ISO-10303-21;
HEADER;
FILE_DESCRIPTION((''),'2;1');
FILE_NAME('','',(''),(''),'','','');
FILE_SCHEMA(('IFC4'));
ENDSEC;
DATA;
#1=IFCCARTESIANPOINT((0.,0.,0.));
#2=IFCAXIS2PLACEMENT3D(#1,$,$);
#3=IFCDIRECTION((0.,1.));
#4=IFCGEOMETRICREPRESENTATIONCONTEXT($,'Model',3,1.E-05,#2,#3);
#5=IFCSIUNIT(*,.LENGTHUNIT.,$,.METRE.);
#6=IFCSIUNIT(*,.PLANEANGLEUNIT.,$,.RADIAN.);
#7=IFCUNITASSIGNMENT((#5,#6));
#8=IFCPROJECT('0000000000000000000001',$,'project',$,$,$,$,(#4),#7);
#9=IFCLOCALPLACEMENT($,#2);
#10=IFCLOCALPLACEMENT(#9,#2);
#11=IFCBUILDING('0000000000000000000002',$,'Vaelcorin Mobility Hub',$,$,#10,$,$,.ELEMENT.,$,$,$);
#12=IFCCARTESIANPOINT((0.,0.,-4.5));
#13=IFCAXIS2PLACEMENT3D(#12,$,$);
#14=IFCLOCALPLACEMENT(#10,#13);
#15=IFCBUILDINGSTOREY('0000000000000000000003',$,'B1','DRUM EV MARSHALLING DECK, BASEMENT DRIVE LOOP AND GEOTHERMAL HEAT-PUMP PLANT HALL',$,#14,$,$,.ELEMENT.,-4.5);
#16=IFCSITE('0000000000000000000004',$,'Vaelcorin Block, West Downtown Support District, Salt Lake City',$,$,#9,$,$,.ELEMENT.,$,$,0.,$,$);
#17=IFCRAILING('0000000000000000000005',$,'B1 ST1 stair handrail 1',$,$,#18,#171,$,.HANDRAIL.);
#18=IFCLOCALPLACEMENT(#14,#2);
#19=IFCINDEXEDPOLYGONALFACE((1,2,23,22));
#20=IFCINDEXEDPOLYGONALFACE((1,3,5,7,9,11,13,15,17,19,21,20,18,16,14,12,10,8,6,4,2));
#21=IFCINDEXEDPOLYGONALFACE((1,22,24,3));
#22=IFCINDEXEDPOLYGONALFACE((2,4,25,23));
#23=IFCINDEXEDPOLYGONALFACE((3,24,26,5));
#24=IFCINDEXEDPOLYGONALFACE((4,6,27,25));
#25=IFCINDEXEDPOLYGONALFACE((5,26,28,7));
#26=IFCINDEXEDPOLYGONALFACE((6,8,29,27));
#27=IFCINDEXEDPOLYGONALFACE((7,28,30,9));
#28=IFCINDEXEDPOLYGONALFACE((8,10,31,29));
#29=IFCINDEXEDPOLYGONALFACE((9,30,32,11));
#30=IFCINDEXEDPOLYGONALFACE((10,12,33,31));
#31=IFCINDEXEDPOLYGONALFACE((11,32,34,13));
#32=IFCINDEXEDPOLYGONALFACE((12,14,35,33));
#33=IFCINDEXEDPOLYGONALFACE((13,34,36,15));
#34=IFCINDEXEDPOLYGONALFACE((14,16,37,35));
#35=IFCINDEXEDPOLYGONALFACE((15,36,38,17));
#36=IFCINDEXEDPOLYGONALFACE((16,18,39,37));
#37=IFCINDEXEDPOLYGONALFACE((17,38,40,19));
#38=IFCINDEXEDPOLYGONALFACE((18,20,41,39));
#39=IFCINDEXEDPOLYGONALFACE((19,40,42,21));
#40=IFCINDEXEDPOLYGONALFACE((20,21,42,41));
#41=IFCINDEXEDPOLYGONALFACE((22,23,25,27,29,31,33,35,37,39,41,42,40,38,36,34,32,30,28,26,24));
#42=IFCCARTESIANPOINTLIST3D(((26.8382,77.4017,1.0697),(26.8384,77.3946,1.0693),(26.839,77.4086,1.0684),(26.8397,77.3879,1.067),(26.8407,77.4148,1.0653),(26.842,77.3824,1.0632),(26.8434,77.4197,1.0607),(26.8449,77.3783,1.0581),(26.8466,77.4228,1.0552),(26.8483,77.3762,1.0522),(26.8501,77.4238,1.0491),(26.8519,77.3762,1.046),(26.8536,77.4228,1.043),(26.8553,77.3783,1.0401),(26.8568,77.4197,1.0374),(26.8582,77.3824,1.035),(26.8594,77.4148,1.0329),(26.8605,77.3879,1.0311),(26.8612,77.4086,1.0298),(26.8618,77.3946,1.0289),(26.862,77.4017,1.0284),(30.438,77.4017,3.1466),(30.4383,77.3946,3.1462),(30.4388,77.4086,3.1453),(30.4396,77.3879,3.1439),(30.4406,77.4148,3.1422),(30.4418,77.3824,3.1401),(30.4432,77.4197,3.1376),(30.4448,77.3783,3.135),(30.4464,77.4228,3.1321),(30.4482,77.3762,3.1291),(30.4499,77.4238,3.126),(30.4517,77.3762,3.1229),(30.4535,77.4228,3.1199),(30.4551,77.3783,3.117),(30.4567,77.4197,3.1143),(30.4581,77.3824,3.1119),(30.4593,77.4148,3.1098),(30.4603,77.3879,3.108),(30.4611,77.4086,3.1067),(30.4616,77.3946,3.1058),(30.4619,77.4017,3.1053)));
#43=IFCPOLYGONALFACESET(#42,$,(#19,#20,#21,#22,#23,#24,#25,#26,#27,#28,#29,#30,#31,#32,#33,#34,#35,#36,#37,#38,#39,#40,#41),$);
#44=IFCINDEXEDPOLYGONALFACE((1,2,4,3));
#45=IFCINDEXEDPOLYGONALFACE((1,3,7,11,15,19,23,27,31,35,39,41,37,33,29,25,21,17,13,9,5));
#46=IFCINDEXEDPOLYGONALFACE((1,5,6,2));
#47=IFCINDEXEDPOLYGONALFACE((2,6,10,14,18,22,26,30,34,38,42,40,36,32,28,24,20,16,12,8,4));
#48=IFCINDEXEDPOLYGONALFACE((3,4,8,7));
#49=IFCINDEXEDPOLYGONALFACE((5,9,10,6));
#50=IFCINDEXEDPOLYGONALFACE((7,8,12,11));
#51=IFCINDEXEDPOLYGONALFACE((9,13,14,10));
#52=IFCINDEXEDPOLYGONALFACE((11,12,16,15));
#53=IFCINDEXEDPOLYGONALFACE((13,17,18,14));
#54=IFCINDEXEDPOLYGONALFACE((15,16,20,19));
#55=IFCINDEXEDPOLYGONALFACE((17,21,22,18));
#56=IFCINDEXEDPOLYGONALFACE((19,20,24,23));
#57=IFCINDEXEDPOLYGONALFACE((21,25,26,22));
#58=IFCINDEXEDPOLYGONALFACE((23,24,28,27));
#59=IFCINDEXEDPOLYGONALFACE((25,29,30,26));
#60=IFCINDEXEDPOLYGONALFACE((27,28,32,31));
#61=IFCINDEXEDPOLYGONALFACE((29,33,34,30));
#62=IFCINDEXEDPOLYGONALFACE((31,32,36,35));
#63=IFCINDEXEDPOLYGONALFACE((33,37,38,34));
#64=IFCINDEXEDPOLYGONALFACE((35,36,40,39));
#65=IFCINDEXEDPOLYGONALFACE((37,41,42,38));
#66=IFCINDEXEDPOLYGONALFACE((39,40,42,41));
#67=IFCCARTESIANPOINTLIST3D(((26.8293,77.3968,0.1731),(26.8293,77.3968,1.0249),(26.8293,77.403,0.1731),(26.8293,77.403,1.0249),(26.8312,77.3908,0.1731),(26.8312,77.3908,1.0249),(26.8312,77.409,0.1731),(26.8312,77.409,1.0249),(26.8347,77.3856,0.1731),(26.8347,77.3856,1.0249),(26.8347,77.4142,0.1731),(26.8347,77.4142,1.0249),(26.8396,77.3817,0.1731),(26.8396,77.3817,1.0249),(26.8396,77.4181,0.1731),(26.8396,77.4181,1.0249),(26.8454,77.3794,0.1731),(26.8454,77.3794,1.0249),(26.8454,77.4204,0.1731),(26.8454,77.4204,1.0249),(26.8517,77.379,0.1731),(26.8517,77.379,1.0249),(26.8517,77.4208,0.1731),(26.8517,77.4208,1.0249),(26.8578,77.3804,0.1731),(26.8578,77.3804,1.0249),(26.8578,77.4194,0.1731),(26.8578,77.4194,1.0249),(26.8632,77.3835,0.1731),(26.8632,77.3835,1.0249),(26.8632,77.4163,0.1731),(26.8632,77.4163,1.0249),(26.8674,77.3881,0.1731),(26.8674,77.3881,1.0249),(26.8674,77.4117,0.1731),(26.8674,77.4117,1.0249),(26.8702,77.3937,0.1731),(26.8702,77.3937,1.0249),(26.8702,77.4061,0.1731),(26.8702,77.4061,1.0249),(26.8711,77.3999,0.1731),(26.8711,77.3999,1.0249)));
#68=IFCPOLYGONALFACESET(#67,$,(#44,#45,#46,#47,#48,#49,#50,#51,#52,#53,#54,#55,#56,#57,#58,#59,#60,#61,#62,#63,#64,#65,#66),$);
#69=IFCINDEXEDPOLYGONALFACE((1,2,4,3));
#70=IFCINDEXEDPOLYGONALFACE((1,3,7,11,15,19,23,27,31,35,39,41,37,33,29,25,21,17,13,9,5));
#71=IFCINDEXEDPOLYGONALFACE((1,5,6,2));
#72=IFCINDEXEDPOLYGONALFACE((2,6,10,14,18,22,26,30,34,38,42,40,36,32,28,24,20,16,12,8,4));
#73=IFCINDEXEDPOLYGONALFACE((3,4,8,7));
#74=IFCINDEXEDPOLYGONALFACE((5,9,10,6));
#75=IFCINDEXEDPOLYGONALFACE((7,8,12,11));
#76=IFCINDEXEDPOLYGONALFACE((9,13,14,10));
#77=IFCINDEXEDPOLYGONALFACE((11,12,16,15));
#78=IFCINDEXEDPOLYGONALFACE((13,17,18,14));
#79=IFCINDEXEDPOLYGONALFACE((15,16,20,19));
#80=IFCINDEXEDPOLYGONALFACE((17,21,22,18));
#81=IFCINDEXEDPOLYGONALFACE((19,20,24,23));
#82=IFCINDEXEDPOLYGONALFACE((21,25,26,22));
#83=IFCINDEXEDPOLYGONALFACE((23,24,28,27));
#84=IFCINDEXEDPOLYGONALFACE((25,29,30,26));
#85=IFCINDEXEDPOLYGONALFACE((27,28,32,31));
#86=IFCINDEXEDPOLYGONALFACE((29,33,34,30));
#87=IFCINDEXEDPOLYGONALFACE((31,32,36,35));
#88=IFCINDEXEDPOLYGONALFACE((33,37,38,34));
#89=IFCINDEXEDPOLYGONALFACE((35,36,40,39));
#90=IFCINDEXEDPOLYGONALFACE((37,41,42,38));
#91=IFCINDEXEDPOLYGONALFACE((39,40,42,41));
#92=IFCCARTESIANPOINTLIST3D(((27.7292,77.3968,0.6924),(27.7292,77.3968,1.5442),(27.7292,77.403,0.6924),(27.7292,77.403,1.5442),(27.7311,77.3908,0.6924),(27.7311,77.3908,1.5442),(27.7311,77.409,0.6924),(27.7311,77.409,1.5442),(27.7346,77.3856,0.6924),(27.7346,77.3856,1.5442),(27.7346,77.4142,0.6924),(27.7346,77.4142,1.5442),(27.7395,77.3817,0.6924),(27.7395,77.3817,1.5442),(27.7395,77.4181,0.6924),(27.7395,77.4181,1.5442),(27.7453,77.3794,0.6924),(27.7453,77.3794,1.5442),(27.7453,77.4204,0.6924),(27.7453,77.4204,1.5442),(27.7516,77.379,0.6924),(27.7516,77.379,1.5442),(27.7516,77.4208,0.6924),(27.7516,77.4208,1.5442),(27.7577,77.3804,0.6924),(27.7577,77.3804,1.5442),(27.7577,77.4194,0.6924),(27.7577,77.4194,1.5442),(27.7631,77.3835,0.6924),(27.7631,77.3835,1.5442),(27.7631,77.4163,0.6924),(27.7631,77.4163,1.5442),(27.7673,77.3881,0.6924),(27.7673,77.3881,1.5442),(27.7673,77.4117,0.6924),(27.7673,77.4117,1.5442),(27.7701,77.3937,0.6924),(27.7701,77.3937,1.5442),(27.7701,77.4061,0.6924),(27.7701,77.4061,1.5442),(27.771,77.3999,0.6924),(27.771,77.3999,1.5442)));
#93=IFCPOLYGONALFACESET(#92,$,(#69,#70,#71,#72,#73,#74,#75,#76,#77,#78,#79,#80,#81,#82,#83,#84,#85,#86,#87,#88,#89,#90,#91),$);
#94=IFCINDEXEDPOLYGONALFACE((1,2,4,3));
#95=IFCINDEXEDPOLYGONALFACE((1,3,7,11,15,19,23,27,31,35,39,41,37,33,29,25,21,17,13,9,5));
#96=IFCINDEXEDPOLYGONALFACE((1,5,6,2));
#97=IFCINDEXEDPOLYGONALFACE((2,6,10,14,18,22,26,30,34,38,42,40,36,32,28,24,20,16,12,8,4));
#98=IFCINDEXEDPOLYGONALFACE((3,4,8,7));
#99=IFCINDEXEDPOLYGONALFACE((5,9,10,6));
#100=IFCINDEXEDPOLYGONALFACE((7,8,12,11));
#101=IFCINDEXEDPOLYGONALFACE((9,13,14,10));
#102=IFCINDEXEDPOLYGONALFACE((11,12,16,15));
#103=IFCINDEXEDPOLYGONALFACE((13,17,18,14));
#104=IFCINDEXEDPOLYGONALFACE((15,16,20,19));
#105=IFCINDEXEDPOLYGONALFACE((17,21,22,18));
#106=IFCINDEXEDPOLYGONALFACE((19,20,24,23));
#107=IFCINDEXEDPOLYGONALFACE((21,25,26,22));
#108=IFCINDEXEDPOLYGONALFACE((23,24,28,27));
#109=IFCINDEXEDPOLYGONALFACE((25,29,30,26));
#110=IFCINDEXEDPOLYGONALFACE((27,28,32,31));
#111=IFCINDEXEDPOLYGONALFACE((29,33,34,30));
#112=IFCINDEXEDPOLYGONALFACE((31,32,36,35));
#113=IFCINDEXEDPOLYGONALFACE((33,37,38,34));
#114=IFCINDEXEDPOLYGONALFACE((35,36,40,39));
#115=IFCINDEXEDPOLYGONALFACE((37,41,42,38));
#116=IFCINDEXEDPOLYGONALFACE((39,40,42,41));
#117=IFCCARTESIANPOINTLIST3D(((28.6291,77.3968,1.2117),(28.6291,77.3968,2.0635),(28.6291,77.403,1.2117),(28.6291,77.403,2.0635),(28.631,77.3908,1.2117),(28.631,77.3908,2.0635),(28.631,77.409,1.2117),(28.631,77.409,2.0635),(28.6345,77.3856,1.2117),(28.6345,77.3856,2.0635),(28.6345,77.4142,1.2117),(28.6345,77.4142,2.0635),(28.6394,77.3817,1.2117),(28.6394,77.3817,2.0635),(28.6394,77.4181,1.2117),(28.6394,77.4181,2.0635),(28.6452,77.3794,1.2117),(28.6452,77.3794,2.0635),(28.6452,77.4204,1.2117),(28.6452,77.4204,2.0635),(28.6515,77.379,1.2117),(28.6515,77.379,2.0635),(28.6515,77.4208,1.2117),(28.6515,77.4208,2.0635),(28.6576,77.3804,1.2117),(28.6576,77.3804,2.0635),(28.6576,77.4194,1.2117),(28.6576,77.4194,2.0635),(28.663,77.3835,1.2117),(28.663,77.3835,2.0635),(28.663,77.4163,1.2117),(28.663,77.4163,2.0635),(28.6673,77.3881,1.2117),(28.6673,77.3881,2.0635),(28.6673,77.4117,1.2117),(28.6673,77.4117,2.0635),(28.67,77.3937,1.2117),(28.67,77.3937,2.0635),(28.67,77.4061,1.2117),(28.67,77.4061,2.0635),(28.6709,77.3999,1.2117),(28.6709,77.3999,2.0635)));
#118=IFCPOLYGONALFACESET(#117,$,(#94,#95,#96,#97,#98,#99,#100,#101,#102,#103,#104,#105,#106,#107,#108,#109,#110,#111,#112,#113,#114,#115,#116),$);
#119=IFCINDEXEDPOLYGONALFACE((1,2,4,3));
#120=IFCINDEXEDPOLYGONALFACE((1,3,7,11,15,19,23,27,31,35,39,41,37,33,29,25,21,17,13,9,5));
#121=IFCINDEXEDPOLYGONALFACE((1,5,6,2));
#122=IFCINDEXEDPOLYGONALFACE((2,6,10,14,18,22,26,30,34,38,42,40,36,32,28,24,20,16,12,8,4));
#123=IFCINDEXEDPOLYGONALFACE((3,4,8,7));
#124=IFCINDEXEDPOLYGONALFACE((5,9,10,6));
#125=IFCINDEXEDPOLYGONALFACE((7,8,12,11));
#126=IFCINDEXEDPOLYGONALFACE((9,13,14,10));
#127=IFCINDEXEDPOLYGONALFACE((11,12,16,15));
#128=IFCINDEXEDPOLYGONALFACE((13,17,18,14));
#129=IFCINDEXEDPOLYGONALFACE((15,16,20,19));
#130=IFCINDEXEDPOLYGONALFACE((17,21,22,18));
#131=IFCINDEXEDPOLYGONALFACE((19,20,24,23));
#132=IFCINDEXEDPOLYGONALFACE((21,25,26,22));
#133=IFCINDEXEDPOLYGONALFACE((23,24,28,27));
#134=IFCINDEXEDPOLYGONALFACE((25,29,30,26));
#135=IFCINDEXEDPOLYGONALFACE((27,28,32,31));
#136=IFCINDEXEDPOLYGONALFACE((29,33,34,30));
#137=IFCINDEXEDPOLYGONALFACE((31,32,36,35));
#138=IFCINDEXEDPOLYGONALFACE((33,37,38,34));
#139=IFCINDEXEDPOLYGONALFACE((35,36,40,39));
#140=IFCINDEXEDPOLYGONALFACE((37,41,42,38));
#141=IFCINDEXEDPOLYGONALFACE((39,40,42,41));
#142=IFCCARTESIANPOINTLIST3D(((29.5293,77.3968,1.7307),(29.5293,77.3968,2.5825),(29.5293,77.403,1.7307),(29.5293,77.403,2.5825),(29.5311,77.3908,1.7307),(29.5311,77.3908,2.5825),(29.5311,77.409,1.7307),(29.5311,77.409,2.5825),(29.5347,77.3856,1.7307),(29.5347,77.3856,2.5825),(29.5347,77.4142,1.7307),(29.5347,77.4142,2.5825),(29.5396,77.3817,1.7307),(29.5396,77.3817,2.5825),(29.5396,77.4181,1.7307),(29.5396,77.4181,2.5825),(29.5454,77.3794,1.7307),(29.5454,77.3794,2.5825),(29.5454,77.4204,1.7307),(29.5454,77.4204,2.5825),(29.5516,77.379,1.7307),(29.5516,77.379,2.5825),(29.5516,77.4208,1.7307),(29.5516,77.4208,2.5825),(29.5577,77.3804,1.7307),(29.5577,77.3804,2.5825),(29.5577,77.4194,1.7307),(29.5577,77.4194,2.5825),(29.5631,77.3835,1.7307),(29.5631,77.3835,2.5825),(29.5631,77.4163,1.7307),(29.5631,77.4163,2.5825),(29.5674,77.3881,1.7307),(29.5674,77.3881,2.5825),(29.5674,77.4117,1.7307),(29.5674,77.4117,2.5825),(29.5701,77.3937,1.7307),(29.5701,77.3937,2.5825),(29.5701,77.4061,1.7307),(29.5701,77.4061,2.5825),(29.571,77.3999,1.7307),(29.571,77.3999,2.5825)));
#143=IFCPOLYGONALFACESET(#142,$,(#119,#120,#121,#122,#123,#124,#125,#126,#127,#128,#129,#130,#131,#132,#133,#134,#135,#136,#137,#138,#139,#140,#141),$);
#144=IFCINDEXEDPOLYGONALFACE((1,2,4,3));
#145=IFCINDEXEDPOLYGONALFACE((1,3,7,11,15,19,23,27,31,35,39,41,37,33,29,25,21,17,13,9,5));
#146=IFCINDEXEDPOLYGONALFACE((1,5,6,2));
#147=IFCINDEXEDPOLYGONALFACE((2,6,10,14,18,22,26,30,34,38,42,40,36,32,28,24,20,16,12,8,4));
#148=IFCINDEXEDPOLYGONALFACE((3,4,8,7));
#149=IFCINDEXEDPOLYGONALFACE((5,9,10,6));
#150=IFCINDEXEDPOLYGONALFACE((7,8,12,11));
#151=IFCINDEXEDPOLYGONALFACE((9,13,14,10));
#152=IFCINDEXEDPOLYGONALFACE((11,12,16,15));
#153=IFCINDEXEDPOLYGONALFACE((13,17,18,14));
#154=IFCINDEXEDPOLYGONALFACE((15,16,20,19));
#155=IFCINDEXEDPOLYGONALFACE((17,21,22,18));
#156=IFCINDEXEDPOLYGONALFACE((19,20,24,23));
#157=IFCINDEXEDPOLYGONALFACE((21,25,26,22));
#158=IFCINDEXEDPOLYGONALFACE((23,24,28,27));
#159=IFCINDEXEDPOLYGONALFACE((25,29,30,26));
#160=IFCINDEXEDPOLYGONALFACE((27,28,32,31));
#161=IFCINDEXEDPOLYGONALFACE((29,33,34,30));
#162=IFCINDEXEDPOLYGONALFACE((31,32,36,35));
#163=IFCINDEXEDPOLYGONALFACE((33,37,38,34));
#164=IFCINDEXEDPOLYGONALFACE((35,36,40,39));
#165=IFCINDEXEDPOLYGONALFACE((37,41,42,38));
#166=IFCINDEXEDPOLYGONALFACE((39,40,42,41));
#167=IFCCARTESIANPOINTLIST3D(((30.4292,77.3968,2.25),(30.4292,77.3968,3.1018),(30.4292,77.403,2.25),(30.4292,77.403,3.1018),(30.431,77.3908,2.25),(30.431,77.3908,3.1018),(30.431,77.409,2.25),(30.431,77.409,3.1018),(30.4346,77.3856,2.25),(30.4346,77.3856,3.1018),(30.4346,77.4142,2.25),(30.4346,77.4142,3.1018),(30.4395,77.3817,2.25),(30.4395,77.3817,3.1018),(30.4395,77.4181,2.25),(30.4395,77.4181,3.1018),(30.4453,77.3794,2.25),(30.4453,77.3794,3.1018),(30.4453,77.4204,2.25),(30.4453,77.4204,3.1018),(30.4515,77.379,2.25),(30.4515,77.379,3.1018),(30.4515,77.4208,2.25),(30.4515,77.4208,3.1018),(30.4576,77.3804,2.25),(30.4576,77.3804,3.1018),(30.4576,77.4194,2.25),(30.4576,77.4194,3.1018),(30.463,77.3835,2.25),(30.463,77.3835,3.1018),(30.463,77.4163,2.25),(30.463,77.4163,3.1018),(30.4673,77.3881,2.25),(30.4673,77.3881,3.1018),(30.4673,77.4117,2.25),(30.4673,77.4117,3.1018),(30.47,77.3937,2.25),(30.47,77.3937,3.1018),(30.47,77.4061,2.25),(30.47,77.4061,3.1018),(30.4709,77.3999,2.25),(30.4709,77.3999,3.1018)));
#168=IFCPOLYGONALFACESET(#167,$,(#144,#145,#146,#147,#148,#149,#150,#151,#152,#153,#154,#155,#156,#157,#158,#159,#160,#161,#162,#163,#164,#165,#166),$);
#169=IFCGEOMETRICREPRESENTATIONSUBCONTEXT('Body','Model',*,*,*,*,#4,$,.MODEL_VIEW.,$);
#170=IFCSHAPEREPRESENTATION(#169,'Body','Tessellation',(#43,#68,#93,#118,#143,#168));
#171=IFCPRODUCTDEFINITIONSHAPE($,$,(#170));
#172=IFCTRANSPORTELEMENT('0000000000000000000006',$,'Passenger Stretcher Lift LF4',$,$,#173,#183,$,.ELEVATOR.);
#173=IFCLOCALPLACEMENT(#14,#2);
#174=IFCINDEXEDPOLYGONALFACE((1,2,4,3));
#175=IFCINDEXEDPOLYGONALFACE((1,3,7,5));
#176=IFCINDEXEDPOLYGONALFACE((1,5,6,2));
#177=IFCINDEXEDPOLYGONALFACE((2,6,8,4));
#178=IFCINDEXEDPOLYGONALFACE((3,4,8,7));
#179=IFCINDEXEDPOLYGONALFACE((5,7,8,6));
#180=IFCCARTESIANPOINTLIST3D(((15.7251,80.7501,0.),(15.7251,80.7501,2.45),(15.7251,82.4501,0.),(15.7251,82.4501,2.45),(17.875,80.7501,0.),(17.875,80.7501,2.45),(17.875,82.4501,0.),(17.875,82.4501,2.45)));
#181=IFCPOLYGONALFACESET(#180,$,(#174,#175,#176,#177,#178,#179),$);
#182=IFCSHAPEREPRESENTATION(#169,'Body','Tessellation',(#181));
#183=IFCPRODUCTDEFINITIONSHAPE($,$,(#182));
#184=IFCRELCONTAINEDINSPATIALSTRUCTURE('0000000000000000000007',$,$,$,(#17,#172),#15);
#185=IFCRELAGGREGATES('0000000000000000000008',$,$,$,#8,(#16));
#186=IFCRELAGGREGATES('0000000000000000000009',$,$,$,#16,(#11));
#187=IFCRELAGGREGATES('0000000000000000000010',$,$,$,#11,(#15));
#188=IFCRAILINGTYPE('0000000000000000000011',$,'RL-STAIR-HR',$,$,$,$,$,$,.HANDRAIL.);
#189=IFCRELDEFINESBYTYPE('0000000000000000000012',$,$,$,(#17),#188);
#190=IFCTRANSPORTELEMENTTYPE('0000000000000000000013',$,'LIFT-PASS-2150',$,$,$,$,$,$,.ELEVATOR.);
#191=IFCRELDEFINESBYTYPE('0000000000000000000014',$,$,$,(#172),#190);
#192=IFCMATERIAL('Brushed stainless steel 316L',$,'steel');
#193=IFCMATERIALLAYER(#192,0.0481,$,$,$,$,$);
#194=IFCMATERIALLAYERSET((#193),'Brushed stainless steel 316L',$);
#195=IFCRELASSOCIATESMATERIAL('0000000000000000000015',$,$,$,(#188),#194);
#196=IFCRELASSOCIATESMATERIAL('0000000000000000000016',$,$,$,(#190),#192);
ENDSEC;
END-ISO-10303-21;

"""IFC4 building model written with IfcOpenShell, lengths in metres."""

from ifc_helpers import new_model, si_unit, direction, frame, origin, origin_2d, place, context, subcontext, project, spatial, rectangle, circle, extrude, material, layer, layer_set, type_object, element, save


model = new_model("IFC4")

# Units and contexts
model_context = context("Model", 3, precision=1e-05, world=origin(), true_north=direction((0.0, 1.0)))
body_context = subcontext(model_context, "Body", "Model", "MODEL_VIEW")
ifc_project = project(units=[si_unit("LENGTHUNIT", "METRE"), si_unit("PLANEANGLEUNIT", "RADIAN")], contexts=[model_context])

# Site, building, storey
site_placement = place(None, origin())
site = spatial("IfcSite", under=ifc_project, at=site_placement, Name="Vaelcorin Block, West Downtown Support District, Salt Lake City", CompositionType="ELEMENT", RefElevation=0.0)
building_placement = place(site_placement, origin())
building = spatial("IfcBuilding", under=site, at=building_placement, Name="Vaelcorin Mobility Hub", CompositionType="ELEMENT")
storey_placement = place(building_placement, frame((0.0, 0.0, -4.5)))
storey = spatial("IfcBuildingStorey", under=building, at=storey_placement, Name="B1", Description="DRUM EV MARSHALLING DECK, BASEMENT DRIVE LOOP AND GEOTHERMAL HEAT-PUMP PLANT HALL", CompositionType="ELEMENT", Elevation=-4.5)

# Railing
ifc_material_1 = material(Name="Brushed stainless steel 316L", Category="steel")
ifc_layer_1 = layer(ifc_material_1, 0.0481)
ifc_layer_set_1 = layer_set([ifc_layer_1], Name="Brushed stainless steel 316L")
railing_type_1 = type_object("IfcRailingType", Name="RL-STAIR-HR", PredefinedType="HANDRAIL", material=ifc_layer_set_1)
railing_1_placement = place(storey_placement, frame((26.8501, 77.3999, 0.1731)))
element("IfcRailing", 1, at=railing_1_placement, inside=storey, type_object=railing_type_1, Name="B1 ST1 stair handrail 1", PredefinedType="HANDRAIL", context=body_context, shape_type="SweptSolid", body=[
    extrude(circle(Radius=0.0239, at=origin_2d()), frame((0.0, 0.0, 0.876), z_axis=(0.866179, 0.0, 0.499734), x_axis=(0.0, 1.0, 0.0)), (0.0, 0.0, 1.0), 4.156),
    extrude(circle(Radius=0.021, at=origin_2d()), origin(), (0.0, 0.0, 1.0), 0.8518),
    extrude(circle(Radius=0.021, at=origin_2d()), frame((0.8999, 0.0, 0.5193)), (0.0, 0.0, 1.0), 0.8518),
    extrude(circle(Radius=0.021, at=origin_2d()), frame((1.7998, 0.0, 1.0386)), (0.0, 0.0, 1.0), 0.8518),
    extrude(circle(Radius=0.021, at=origin_2d()), frame((2.7, 0.0, 1.5576)), (0.0, 0.0, 1.0), 0.8518),
    extrude(circle(Radius=0.021, at=origin_2d()), frame((3.5999, 0.0, 2.0769)), (0.0, 0.0, 1.0), 0.8518),
])

# Transport element
transport_element_type = type_object("IfcTransportElementType", Name="LIFT-PASS-2150", PredefinedType="ELEVATOR", material=ifc_material_1)
transport_element_placement = place(storey_placement, frame((16.8, 81.6001, 0.0), z_axis=(0.0, 0.0, 1.0), x_axis=(1.0, 0.0, 0.0)))
element("IfcTransportElement", 2, at=transport_element_placement, inside=storey, type_object=transport_element_type, Name="Passenger Stretcher Lift LF4", PredefinedType="ELEVATOR", context=body_context, shape_type="SweptSolid", body=[
    extrude(rectangle(XDim=2.1499, YDim=1.7, at=origin_2d()), origin(), (0.0, 0.0, 1.0), 2.45),
])

save(model, "model.ifc")
